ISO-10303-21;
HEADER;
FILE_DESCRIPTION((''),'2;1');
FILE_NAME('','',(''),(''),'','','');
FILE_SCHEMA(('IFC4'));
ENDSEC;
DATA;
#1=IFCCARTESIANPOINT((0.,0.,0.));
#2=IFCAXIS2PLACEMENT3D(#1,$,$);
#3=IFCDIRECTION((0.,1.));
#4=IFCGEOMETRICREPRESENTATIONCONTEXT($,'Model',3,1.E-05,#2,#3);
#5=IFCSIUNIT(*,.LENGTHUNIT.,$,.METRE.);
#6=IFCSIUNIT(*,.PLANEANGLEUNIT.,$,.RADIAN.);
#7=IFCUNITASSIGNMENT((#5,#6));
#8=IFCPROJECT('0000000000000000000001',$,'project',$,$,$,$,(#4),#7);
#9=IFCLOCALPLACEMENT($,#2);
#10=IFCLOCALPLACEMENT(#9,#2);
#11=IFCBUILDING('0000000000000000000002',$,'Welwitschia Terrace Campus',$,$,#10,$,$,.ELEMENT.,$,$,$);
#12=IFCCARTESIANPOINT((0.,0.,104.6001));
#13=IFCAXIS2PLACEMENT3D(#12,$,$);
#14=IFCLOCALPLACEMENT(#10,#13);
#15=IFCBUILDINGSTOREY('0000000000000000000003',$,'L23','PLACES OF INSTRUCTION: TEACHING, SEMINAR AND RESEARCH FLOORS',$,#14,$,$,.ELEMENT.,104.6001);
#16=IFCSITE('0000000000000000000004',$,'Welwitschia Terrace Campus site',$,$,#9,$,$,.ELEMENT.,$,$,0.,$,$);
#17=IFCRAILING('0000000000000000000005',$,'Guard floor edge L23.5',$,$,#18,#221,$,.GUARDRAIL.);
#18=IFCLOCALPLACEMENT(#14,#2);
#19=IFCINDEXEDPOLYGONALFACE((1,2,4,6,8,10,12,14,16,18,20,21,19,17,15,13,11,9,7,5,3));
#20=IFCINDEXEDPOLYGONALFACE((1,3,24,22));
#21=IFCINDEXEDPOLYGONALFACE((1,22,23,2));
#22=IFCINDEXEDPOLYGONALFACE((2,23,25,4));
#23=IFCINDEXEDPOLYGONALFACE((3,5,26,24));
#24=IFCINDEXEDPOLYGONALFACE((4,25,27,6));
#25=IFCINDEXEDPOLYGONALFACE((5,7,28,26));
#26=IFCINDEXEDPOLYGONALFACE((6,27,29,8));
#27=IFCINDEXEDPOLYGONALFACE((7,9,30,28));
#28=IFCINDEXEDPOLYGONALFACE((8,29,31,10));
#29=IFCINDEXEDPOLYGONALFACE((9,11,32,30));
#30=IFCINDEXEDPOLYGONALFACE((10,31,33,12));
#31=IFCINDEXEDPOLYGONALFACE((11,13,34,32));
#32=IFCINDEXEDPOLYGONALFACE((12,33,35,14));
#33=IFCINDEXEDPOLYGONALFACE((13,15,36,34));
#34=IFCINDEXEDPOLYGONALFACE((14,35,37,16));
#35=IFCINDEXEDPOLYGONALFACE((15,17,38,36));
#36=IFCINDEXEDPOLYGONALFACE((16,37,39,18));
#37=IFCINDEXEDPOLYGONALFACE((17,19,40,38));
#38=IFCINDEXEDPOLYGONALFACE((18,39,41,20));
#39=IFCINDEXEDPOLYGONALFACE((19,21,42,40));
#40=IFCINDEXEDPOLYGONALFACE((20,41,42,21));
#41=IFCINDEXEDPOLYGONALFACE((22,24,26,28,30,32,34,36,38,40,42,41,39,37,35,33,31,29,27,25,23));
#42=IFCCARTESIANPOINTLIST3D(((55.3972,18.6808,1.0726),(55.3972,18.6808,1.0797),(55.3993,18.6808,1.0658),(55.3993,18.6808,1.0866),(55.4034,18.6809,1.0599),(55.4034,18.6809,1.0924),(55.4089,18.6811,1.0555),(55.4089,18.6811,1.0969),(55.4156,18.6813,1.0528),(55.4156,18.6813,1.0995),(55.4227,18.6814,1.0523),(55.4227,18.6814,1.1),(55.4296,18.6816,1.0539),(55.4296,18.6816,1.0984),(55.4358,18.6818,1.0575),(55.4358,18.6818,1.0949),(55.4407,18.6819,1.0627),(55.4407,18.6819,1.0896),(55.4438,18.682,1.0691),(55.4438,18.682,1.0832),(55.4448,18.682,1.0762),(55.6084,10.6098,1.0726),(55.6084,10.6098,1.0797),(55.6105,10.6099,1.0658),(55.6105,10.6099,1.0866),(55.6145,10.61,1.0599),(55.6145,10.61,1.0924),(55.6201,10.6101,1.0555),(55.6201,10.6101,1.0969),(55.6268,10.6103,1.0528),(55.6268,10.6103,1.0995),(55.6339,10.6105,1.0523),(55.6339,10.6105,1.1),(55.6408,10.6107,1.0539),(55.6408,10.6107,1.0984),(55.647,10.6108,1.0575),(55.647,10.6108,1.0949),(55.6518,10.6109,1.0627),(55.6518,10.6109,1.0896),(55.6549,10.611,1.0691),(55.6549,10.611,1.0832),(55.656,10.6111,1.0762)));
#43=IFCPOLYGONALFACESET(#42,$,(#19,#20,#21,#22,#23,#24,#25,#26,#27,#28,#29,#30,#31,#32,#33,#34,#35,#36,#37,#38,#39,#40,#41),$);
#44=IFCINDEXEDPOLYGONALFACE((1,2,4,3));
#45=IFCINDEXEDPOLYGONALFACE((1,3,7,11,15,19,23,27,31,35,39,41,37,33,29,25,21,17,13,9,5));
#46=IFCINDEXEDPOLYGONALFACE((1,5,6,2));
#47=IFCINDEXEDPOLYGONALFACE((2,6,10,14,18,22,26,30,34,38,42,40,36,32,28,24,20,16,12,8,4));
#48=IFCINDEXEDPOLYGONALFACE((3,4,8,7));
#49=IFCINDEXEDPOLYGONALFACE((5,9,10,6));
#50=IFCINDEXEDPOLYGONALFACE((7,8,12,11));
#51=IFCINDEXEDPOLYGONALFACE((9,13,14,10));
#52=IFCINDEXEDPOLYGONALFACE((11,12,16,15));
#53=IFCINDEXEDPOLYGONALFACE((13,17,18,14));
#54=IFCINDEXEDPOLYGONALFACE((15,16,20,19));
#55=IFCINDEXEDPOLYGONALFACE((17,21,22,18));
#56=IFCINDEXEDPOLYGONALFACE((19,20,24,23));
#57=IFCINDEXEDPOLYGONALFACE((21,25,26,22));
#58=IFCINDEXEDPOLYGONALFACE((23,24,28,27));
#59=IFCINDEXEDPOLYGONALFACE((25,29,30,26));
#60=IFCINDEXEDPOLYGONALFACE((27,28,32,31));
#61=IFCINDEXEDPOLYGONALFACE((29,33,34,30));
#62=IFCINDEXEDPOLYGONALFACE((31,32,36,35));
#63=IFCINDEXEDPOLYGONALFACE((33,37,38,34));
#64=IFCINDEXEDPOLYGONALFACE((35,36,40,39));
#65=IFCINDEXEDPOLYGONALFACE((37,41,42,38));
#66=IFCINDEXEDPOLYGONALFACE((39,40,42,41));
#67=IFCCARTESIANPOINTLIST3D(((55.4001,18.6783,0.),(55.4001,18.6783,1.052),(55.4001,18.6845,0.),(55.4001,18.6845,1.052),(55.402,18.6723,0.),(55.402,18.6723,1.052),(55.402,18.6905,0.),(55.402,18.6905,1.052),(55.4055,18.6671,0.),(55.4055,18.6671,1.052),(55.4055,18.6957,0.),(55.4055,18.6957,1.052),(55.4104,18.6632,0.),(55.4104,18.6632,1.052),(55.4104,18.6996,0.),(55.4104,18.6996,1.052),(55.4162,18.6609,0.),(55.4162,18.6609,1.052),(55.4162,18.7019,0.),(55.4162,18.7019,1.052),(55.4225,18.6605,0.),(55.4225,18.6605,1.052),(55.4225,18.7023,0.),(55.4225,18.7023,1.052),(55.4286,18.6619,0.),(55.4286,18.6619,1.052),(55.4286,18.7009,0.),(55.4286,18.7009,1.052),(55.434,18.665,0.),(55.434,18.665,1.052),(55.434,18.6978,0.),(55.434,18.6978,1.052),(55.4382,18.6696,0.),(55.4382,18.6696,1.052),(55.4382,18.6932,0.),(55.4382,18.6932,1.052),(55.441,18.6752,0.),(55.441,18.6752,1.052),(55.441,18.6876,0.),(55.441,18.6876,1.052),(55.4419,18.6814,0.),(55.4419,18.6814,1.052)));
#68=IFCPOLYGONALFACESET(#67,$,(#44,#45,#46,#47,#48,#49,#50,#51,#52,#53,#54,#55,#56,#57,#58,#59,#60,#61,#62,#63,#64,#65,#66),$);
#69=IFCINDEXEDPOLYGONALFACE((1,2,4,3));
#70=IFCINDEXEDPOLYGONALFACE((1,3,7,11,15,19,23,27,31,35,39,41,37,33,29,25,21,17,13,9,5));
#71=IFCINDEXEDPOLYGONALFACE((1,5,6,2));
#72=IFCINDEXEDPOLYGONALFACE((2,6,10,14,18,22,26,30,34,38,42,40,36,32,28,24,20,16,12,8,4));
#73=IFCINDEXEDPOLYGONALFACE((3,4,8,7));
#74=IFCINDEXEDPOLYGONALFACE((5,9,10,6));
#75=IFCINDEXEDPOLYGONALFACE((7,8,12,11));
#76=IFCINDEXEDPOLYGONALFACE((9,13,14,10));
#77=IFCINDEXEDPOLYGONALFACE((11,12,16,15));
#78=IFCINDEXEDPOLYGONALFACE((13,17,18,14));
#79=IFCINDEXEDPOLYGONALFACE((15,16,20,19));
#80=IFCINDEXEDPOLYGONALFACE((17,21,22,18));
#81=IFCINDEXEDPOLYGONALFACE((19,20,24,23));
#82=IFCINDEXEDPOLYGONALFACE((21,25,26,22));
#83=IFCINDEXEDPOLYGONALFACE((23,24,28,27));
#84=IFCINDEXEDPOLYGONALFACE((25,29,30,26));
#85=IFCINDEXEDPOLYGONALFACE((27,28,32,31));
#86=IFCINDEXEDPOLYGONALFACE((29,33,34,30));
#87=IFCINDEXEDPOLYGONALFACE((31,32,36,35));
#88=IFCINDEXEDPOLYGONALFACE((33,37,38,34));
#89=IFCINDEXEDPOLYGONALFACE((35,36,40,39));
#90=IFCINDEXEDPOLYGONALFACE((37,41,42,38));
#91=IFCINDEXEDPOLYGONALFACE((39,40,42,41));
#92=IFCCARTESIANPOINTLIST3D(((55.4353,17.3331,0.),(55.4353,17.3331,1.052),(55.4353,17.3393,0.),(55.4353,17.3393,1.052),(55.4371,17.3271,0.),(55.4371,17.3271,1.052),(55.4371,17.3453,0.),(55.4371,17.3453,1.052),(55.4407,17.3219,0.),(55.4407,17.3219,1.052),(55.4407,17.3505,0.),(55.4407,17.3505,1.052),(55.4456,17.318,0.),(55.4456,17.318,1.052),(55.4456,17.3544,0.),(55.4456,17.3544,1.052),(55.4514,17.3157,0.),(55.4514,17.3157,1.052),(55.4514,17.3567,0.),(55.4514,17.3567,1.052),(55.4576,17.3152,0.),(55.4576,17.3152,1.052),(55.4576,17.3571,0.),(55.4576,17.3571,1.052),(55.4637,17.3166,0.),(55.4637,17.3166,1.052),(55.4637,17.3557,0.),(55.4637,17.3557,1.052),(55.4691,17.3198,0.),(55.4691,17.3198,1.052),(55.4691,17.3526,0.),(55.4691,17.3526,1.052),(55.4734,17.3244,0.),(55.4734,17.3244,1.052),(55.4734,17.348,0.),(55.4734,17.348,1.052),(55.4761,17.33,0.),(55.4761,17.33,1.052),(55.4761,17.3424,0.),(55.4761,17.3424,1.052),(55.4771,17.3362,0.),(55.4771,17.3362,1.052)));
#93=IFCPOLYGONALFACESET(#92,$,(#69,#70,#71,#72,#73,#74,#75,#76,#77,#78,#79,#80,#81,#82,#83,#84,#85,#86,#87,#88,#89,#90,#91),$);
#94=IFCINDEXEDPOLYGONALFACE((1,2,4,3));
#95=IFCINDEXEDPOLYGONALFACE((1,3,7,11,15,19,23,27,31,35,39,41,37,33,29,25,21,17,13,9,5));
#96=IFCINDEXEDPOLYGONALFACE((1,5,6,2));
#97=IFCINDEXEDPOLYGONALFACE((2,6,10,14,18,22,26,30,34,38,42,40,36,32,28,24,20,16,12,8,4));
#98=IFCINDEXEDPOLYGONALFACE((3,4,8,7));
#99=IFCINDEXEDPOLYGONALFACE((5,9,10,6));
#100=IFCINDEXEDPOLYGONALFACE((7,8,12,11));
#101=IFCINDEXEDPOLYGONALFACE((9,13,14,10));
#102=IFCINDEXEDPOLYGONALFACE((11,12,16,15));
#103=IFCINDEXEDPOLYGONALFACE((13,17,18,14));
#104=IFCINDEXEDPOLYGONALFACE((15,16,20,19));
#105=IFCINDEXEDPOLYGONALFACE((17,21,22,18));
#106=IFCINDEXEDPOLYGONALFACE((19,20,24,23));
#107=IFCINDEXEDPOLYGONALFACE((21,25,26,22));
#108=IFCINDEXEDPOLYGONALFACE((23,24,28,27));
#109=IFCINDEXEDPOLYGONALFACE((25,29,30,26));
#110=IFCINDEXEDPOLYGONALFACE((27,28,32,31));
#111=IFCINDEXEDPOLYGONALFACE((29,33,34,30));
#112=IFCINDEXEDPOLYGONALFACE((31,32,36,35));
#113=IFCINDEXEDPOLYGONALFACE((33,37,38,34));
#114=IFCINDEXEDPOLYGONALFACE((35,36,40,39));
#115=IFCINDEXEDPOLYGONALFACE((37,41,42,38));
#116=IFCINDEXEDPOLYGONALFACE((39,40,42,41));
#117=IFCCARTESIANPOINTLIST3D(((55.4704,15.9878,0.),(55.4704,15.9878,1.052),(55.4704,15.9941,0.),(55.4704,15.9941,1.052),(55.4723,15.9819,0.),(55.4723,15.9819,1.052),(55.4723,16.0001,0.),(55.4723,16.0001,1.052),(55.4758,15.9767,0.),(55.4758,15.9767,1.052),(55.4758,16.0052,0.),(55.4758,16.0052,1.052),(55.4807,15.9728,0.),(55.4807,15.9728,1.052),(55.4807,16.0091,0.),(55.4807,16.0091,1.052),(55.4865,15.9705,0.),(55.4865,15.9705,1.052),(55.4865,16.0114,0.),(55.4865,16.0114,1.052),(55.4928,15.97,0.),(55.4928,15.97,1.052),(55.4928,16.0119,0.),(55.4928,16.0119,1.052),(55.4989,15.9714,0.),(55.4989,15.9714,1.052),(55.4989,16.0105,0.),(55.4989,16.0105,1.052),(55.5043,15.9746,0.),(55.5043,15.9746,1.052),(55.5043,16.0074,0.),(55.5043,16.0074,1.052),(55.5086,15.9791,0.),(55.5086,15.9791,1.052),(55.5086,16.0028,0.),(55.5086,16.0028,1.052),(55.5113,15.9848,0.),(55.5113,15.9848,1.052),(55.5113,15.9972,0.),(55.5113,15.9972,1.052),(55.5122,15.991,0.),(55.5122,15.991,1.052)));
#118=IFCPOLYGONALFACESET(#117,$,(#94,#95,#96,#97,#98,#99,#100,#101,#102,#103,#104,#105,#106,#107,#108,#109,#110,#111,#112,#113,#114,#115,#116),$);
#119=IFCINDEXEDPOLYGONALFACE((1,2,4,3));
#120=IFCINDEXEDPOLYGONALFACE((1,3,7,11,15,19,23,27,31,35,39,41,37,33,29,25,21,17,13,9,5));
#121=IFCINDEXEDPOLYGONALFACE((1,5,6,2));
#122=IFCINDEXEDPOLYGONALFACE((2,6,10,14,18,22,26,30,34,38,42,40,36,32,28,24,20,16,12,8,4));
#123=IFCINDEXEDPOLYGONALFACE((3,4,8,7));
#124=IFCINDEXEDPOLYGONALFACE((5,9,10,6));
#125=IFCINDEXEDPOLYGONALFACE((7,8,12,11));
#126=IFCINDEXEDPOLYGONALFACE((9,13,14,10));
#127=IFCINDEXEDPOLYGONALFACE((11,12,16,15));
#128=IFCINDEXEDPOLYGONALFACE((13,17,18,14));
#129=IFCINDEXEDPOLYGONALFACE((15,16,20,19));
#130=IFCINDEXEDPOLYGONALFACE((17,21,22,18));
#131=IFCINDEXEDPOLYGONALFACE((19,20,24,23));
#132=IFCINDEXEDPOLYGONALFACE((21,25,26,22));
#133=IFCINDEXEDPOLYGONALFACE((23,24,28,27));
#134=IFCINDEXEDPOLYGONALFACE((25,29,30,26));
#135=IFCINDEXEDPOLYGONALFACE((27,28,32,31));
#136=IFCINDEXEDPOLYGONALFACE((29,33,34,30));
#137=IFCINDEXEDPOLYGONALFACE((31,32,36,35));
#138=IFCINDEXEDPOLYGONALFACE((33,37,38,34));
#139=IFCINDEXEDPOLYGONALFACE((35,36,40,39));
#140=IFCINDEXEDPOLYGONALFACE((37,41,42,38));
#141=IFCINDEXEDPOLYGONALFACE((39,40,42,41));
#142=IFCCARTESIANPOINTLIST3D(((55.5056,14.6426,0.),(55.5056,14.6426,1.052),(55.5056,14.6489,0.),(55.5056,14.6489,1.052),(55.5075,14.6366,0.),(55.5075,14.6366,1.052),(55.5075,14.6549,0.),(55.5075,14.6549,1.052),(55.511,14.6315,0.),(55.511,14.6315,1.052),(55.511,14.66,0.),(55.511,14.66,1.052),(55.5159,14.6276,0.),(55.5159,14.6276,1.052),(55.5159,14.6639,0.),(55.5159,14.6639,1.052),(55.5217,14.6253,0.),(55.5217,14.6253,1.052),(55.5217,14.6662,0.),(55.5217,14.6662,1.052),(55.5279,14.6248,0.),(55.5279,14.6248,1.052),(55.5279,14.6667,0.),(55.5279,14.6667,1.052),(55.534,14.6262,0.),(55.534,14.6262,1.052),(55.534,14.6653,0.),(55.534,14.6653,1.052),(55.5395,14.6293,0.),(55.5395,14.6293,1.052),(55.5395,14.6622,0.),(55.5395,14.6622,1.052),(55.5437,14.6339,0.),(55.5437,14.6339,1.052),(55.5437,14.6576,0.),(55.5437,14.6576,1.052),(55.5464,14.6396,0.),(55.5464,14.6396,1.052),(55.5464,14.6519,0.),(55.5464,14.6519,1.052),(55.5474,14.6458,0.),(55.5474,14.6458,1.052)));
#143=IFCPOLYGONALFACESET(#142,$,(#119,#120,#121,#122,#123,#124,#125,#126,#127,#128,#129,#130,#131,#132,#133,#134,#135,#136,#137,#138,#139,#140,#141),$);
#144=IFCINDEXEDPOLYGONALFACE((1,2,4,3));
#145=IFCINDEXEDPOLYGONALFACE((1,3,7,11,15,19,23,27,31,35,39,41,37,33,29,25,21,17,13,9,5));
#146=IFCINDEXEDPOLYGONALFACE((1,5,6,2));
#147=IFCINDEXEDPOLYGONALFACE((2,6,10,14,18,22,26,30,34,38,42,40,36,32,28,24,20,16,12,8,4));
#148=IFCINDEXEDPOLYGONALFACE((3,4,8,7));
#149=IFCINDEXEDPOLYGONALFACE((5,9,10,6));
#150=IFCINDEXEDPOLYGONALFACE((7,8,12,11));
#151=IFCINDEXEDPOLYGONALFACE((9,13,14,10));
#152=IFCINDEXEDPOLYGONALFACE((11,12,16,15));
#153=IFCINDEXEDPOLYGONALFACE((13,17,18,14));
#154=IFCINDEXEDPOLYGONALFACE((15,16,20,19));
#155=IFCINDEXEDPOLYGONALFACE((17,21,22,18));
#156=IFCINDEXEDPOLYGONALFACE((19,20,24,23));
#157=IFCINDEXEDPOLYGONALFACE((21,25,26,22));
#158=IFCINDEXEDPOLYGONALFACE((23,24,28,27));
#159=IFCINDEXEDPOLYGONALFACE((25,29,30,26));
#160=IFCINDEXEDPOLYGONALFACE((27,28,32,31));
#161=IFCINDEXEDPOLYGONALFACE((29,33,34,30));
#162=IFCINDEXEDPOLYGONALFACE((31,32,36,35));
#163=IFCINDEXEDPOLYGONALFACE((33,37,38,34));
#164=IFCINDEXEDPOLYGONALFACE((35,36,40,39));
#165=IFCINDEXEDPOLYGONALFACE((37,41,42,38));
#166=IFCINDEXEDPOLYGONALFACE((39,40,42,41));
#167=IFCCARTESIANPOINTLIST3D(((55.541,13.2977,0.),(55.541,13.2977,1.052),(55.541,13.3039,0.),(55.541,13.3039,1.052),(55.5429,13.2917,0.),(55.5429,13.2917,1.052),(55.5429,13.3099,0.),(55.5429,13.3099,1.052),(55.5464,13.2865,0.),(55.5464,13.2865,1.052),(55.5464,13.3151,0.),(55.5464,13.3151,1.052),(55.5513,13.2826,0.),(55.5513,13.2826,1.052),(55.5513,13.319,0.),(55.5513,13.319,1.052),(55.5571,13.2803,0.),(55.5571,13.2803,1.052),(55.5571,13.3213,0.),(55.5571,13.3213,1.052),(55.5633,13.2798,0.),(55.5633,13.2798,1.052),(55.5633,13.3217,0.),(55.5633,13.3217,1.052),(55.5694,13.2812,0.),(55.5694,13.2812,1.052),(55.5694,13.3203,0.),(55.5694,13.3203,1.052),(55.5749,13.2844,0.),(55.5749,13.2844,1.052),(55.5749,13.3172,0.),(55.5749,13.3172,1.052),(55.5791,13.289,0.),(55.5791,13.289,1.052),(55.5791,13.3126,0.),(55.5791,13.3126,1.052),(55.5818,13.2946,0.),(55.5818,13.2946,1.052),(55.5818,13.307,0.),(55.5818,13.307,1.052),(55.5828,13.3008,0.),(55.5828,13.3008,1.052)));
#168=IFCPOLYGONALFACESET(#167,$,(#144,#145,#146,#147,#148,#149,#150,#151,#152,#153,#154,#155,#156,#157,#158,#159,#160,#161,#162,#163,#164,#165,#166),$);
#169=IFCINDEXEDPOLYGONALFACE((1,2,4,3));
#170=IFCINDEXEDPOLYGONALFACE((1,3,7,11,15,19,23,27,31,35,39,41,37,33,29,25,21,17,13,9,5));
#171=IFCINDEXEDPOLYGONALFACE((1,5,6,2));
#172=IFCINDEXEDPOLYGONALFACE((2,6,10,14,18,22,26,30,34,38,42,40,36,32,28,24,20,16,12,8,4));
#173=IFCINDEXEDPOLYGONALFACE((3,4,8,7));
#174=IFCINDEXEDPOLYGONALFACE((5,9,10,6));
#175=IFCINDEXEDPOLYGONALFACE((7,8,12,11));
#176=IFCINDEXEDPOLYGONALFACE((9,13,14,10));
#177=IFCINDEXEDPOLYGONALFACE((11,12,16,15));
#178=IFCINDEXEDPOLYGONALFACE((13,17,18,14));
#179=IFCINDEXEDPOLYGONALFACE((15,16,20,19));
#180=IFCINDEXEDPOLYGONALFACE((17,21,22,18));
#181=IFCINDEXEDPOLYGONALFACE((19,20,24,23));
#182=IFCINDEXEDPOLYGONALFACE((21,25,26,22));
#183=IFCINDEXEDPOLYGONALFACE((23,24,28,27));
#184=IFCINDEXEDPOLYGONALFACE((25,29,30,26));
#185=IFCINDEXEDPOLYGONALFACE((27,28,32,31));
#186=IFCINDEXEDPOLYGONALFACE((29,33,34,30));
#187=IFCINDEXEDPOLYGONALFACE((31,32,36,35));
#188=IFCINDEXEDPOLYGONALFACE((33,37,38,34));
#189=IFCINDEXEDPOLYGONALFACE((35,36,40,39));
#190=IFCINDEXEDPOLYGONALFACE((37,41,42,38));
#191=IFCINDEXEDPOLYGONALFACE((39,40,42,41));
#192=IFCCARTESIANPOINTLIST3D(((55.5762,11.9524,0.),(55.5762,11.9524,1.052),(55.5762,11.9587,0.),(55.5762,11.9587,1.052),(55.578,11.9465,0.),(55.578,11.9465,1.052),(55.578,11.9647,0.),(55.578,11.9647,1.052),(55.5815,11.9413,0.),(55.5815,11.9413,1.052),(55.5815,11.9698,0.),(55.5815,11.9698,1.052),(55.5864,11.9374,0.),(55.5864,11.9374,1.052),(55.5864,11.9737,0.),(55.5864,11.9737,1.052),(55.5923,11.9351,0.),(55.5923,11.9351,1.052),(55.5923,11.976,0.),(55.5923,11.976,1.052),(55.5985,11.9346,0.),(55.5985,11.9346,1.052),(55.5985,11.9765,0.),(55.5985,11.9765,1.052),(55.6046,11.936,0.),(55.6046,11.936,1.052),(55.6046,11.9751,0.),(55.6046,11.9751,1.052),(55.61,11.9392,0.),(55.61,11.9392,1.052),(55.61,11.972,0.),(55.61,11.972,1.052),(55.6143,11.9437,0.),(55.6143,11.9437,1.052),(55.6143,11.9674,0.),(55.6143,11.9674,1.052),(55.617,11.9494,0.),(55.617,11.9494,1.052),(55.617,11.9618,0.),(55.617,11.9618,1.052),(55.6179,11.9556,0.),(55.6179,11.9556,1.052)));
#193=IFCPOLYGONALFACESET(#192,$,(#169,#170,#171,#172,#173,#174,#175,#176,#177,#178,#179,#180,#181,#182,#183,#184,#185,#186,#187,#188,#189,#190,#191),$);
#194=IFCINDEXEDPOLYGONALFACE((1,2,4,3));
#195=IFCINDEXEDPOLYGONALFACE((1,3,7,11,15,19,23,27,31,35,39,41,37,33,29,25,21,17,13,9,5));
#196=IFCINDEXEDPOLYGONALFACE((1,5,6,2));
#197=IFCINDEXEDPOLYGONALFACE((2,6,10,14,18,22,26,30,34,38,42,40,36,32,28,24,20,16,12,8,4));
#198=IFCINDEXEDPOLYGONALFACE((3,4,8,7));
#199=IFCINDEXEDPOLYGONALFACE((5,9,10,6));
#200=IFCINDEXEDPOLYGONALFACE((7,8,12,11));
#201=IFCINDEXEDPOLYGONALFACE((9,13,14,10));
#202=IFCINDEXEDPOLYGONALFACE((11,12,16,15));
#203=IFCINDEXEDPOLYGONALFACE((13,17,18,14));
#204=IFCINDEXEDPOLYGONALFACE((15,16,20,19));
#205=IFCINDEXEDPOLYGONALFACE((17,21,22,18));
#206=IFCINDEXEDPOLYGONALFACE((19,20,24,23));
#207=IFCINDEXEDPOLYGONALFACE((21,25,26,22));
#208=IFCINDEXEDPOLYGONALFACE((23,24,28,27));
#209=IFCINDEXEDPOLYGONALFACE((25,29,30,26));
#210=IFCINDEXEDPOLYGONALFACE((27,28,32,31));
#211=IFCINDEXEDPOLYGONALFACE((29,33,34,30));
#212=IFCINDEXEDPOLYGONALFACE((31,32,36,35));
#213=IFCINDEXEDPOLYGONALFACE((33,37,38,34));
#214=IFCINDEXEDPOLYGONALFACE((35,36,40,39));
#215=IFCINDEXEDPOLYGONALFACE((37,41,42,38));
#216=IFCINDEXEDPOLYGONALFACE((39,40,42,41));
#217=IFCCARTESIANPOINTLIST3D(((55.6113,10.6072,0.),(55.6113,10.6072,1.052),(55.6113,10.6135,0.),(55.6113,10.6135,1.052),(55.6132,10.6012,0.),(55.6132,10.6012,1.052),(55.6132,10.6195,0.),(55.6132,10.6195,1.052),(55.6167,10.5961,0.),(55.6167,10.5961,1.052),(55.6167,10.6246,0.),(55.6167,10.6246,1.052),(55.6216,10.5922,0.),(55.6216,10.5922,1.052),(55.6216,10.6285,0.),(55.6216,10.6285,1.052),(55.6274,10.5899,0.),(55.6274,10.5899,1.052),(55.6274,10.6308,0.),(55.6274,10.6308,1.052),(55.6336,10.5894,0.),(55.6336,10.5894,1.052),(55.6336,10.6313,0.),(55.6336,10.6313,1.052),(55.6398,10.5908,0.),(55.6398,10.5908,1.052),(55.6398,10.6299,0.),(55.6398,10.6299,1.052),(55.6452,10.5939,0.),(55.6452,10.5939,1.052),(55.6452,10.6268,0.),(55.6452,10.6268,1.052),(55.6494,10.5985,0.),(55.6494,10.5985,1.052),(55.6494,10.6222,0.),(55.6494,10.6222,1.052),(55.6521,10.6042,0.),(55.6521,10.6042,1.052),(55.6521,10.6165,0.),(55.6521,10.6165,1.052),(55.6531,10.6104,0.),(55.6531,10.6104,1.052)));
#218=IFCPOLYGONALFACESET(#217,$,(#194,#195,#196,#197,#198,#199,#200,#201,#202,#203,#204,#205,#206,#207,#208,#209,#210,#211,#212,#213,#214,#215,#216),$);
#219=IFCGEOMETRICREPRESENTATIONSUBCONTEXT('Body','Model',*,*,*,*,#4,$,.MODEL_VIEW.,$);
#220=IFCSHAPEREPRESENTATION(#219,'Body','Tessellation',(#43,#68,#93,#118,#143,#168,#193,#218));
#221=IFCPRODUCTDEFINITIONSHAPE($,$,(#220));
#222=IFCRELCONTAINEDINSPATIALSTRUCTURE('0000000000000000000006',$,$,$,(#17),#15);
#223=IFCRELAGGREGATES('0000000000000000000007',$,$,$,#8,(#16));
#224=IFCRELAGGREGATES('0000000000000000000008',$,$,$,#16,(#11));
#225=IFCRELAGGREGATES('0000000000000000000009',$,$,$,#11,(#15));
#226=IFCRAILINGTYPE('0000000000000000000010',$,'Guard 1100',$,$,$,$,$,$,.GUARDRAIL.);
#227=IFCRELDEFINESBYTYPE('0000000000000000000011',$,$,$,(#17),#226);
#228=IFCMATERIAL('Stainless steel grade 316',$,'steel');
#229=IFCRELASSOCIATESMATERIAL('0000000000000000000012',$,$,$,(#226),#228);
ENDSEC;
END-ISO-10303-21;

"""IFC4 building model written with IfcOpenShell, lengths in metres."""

from ifc_helpers import new_model, si_unit, direction, frame, origin, origin_2d, place, context, subcontext, project, spatial, circle, extrude, material, type_object, element, save


model = new_model("IFC4")

# Units and contexts
model_context = context("Model", 3, precision=1e-05, world=origin(), true_north=direction((0.0, 1.0)))
body_context = subcontext(model_context, "Body", "Model", "MODEL_VIEW")
ifc_project = project(units=[si_unit("LENGTHUNIT", "METRE"), si_unit("PLANEANGLEUNIT", "RADIAN")], contexts=[model_context])

# Site, building, storey
site_placement = place(None, origin())
site = spatial("IfcSite", under=ifc_project, at=site_placement, Name="Welwitschia Terrace Campus site", CompositionType="ELEMENT", RefElevation=0.0)
building_placement = place(site_placement, origin())
building = spatial("IfcBuilding", under=site, at=building_placement, Name="Welwitschia Terrace Campus", CompositionType="ELEMENT")
storey_placement = place(building_placement, frame((0.0, 0.0, 104.6001)))
storey = spatial("IfcBuildingStorey", under=building, at=storey_placement, Name="L23", Description="PLACES OF INSTRUCTION: TEACHING, SEMINAR AND RESEARCH FLOORS", CompositionType="ELEMENT", Elevation=104.6001)

# Railing
ifc_material_1 = material(Name="Stainless steel grade 316", Category="steel")
railing_type = type_object("IfcRailingType", Name="Guard 1100", PredefinedType="GUARDRAIL", material=ifc_material_1)
railing_1_placement = place(storey_placement, frame((55.4209, 18.6814, 0.0)))
element("IfcRailing", 1, at=railing_1_placement, inside=storey, type_object=railing_type, Name="Guard floor edge L23.5", PredefinedType="GUARDRAIL", context=body_context, shape_type="SweptSolid", body=[
    extrude(circle(Radius=0.0239, at=origin_2d()), frame((0.0, 0.0, 1.0762), z_axis=(0.026156, -0.999658, 0.0), x_axis=(0.999658, 0.026156, 0.0)), (0.0, 0.0, 1.0), 8.0737),
    extrude(circle(Radius=0.021, at=origin_2d()), origin(), (0.0, 0.0, 1.0), 1.052),
    extrude(circle(Radius=0.021, at=origin_2d()), frame((0.0352, -1.3452, 0.0)), (0.0, 0.0, 1.0), 1.052),
    extrude(circle(Radius=0.021, at=origin_2d()), frame((0.0703, -2.6904, 0.0)), (0.0, 0.0, 1.0), 1.052),
    extrude(circle(Radius=0.021, at=origin_2d()), frame((0.1055, -4.0356, 0.0)), (0.0, 0.0, 1.0), 1.052),
    extrude(circle(Radius=0.021, at=origin_2d()), frame((0.1409, -5.3806, 0.0)), (0.0, 0.0, 1.0), 1.052),
    extrude(circle(Radius=0.021, at=origin_2d()), frame((0.176, -6.7258, 0.0)), (0.0, 0.0, 1.0), 1.052),
    extrude(circle(Radius=0.021, at=origin_2d()), frame((0.2112, -8.071, 0.0)), (0.0, 0.0, 1.0), 1.052),
])

save(model, "model.ifc")
